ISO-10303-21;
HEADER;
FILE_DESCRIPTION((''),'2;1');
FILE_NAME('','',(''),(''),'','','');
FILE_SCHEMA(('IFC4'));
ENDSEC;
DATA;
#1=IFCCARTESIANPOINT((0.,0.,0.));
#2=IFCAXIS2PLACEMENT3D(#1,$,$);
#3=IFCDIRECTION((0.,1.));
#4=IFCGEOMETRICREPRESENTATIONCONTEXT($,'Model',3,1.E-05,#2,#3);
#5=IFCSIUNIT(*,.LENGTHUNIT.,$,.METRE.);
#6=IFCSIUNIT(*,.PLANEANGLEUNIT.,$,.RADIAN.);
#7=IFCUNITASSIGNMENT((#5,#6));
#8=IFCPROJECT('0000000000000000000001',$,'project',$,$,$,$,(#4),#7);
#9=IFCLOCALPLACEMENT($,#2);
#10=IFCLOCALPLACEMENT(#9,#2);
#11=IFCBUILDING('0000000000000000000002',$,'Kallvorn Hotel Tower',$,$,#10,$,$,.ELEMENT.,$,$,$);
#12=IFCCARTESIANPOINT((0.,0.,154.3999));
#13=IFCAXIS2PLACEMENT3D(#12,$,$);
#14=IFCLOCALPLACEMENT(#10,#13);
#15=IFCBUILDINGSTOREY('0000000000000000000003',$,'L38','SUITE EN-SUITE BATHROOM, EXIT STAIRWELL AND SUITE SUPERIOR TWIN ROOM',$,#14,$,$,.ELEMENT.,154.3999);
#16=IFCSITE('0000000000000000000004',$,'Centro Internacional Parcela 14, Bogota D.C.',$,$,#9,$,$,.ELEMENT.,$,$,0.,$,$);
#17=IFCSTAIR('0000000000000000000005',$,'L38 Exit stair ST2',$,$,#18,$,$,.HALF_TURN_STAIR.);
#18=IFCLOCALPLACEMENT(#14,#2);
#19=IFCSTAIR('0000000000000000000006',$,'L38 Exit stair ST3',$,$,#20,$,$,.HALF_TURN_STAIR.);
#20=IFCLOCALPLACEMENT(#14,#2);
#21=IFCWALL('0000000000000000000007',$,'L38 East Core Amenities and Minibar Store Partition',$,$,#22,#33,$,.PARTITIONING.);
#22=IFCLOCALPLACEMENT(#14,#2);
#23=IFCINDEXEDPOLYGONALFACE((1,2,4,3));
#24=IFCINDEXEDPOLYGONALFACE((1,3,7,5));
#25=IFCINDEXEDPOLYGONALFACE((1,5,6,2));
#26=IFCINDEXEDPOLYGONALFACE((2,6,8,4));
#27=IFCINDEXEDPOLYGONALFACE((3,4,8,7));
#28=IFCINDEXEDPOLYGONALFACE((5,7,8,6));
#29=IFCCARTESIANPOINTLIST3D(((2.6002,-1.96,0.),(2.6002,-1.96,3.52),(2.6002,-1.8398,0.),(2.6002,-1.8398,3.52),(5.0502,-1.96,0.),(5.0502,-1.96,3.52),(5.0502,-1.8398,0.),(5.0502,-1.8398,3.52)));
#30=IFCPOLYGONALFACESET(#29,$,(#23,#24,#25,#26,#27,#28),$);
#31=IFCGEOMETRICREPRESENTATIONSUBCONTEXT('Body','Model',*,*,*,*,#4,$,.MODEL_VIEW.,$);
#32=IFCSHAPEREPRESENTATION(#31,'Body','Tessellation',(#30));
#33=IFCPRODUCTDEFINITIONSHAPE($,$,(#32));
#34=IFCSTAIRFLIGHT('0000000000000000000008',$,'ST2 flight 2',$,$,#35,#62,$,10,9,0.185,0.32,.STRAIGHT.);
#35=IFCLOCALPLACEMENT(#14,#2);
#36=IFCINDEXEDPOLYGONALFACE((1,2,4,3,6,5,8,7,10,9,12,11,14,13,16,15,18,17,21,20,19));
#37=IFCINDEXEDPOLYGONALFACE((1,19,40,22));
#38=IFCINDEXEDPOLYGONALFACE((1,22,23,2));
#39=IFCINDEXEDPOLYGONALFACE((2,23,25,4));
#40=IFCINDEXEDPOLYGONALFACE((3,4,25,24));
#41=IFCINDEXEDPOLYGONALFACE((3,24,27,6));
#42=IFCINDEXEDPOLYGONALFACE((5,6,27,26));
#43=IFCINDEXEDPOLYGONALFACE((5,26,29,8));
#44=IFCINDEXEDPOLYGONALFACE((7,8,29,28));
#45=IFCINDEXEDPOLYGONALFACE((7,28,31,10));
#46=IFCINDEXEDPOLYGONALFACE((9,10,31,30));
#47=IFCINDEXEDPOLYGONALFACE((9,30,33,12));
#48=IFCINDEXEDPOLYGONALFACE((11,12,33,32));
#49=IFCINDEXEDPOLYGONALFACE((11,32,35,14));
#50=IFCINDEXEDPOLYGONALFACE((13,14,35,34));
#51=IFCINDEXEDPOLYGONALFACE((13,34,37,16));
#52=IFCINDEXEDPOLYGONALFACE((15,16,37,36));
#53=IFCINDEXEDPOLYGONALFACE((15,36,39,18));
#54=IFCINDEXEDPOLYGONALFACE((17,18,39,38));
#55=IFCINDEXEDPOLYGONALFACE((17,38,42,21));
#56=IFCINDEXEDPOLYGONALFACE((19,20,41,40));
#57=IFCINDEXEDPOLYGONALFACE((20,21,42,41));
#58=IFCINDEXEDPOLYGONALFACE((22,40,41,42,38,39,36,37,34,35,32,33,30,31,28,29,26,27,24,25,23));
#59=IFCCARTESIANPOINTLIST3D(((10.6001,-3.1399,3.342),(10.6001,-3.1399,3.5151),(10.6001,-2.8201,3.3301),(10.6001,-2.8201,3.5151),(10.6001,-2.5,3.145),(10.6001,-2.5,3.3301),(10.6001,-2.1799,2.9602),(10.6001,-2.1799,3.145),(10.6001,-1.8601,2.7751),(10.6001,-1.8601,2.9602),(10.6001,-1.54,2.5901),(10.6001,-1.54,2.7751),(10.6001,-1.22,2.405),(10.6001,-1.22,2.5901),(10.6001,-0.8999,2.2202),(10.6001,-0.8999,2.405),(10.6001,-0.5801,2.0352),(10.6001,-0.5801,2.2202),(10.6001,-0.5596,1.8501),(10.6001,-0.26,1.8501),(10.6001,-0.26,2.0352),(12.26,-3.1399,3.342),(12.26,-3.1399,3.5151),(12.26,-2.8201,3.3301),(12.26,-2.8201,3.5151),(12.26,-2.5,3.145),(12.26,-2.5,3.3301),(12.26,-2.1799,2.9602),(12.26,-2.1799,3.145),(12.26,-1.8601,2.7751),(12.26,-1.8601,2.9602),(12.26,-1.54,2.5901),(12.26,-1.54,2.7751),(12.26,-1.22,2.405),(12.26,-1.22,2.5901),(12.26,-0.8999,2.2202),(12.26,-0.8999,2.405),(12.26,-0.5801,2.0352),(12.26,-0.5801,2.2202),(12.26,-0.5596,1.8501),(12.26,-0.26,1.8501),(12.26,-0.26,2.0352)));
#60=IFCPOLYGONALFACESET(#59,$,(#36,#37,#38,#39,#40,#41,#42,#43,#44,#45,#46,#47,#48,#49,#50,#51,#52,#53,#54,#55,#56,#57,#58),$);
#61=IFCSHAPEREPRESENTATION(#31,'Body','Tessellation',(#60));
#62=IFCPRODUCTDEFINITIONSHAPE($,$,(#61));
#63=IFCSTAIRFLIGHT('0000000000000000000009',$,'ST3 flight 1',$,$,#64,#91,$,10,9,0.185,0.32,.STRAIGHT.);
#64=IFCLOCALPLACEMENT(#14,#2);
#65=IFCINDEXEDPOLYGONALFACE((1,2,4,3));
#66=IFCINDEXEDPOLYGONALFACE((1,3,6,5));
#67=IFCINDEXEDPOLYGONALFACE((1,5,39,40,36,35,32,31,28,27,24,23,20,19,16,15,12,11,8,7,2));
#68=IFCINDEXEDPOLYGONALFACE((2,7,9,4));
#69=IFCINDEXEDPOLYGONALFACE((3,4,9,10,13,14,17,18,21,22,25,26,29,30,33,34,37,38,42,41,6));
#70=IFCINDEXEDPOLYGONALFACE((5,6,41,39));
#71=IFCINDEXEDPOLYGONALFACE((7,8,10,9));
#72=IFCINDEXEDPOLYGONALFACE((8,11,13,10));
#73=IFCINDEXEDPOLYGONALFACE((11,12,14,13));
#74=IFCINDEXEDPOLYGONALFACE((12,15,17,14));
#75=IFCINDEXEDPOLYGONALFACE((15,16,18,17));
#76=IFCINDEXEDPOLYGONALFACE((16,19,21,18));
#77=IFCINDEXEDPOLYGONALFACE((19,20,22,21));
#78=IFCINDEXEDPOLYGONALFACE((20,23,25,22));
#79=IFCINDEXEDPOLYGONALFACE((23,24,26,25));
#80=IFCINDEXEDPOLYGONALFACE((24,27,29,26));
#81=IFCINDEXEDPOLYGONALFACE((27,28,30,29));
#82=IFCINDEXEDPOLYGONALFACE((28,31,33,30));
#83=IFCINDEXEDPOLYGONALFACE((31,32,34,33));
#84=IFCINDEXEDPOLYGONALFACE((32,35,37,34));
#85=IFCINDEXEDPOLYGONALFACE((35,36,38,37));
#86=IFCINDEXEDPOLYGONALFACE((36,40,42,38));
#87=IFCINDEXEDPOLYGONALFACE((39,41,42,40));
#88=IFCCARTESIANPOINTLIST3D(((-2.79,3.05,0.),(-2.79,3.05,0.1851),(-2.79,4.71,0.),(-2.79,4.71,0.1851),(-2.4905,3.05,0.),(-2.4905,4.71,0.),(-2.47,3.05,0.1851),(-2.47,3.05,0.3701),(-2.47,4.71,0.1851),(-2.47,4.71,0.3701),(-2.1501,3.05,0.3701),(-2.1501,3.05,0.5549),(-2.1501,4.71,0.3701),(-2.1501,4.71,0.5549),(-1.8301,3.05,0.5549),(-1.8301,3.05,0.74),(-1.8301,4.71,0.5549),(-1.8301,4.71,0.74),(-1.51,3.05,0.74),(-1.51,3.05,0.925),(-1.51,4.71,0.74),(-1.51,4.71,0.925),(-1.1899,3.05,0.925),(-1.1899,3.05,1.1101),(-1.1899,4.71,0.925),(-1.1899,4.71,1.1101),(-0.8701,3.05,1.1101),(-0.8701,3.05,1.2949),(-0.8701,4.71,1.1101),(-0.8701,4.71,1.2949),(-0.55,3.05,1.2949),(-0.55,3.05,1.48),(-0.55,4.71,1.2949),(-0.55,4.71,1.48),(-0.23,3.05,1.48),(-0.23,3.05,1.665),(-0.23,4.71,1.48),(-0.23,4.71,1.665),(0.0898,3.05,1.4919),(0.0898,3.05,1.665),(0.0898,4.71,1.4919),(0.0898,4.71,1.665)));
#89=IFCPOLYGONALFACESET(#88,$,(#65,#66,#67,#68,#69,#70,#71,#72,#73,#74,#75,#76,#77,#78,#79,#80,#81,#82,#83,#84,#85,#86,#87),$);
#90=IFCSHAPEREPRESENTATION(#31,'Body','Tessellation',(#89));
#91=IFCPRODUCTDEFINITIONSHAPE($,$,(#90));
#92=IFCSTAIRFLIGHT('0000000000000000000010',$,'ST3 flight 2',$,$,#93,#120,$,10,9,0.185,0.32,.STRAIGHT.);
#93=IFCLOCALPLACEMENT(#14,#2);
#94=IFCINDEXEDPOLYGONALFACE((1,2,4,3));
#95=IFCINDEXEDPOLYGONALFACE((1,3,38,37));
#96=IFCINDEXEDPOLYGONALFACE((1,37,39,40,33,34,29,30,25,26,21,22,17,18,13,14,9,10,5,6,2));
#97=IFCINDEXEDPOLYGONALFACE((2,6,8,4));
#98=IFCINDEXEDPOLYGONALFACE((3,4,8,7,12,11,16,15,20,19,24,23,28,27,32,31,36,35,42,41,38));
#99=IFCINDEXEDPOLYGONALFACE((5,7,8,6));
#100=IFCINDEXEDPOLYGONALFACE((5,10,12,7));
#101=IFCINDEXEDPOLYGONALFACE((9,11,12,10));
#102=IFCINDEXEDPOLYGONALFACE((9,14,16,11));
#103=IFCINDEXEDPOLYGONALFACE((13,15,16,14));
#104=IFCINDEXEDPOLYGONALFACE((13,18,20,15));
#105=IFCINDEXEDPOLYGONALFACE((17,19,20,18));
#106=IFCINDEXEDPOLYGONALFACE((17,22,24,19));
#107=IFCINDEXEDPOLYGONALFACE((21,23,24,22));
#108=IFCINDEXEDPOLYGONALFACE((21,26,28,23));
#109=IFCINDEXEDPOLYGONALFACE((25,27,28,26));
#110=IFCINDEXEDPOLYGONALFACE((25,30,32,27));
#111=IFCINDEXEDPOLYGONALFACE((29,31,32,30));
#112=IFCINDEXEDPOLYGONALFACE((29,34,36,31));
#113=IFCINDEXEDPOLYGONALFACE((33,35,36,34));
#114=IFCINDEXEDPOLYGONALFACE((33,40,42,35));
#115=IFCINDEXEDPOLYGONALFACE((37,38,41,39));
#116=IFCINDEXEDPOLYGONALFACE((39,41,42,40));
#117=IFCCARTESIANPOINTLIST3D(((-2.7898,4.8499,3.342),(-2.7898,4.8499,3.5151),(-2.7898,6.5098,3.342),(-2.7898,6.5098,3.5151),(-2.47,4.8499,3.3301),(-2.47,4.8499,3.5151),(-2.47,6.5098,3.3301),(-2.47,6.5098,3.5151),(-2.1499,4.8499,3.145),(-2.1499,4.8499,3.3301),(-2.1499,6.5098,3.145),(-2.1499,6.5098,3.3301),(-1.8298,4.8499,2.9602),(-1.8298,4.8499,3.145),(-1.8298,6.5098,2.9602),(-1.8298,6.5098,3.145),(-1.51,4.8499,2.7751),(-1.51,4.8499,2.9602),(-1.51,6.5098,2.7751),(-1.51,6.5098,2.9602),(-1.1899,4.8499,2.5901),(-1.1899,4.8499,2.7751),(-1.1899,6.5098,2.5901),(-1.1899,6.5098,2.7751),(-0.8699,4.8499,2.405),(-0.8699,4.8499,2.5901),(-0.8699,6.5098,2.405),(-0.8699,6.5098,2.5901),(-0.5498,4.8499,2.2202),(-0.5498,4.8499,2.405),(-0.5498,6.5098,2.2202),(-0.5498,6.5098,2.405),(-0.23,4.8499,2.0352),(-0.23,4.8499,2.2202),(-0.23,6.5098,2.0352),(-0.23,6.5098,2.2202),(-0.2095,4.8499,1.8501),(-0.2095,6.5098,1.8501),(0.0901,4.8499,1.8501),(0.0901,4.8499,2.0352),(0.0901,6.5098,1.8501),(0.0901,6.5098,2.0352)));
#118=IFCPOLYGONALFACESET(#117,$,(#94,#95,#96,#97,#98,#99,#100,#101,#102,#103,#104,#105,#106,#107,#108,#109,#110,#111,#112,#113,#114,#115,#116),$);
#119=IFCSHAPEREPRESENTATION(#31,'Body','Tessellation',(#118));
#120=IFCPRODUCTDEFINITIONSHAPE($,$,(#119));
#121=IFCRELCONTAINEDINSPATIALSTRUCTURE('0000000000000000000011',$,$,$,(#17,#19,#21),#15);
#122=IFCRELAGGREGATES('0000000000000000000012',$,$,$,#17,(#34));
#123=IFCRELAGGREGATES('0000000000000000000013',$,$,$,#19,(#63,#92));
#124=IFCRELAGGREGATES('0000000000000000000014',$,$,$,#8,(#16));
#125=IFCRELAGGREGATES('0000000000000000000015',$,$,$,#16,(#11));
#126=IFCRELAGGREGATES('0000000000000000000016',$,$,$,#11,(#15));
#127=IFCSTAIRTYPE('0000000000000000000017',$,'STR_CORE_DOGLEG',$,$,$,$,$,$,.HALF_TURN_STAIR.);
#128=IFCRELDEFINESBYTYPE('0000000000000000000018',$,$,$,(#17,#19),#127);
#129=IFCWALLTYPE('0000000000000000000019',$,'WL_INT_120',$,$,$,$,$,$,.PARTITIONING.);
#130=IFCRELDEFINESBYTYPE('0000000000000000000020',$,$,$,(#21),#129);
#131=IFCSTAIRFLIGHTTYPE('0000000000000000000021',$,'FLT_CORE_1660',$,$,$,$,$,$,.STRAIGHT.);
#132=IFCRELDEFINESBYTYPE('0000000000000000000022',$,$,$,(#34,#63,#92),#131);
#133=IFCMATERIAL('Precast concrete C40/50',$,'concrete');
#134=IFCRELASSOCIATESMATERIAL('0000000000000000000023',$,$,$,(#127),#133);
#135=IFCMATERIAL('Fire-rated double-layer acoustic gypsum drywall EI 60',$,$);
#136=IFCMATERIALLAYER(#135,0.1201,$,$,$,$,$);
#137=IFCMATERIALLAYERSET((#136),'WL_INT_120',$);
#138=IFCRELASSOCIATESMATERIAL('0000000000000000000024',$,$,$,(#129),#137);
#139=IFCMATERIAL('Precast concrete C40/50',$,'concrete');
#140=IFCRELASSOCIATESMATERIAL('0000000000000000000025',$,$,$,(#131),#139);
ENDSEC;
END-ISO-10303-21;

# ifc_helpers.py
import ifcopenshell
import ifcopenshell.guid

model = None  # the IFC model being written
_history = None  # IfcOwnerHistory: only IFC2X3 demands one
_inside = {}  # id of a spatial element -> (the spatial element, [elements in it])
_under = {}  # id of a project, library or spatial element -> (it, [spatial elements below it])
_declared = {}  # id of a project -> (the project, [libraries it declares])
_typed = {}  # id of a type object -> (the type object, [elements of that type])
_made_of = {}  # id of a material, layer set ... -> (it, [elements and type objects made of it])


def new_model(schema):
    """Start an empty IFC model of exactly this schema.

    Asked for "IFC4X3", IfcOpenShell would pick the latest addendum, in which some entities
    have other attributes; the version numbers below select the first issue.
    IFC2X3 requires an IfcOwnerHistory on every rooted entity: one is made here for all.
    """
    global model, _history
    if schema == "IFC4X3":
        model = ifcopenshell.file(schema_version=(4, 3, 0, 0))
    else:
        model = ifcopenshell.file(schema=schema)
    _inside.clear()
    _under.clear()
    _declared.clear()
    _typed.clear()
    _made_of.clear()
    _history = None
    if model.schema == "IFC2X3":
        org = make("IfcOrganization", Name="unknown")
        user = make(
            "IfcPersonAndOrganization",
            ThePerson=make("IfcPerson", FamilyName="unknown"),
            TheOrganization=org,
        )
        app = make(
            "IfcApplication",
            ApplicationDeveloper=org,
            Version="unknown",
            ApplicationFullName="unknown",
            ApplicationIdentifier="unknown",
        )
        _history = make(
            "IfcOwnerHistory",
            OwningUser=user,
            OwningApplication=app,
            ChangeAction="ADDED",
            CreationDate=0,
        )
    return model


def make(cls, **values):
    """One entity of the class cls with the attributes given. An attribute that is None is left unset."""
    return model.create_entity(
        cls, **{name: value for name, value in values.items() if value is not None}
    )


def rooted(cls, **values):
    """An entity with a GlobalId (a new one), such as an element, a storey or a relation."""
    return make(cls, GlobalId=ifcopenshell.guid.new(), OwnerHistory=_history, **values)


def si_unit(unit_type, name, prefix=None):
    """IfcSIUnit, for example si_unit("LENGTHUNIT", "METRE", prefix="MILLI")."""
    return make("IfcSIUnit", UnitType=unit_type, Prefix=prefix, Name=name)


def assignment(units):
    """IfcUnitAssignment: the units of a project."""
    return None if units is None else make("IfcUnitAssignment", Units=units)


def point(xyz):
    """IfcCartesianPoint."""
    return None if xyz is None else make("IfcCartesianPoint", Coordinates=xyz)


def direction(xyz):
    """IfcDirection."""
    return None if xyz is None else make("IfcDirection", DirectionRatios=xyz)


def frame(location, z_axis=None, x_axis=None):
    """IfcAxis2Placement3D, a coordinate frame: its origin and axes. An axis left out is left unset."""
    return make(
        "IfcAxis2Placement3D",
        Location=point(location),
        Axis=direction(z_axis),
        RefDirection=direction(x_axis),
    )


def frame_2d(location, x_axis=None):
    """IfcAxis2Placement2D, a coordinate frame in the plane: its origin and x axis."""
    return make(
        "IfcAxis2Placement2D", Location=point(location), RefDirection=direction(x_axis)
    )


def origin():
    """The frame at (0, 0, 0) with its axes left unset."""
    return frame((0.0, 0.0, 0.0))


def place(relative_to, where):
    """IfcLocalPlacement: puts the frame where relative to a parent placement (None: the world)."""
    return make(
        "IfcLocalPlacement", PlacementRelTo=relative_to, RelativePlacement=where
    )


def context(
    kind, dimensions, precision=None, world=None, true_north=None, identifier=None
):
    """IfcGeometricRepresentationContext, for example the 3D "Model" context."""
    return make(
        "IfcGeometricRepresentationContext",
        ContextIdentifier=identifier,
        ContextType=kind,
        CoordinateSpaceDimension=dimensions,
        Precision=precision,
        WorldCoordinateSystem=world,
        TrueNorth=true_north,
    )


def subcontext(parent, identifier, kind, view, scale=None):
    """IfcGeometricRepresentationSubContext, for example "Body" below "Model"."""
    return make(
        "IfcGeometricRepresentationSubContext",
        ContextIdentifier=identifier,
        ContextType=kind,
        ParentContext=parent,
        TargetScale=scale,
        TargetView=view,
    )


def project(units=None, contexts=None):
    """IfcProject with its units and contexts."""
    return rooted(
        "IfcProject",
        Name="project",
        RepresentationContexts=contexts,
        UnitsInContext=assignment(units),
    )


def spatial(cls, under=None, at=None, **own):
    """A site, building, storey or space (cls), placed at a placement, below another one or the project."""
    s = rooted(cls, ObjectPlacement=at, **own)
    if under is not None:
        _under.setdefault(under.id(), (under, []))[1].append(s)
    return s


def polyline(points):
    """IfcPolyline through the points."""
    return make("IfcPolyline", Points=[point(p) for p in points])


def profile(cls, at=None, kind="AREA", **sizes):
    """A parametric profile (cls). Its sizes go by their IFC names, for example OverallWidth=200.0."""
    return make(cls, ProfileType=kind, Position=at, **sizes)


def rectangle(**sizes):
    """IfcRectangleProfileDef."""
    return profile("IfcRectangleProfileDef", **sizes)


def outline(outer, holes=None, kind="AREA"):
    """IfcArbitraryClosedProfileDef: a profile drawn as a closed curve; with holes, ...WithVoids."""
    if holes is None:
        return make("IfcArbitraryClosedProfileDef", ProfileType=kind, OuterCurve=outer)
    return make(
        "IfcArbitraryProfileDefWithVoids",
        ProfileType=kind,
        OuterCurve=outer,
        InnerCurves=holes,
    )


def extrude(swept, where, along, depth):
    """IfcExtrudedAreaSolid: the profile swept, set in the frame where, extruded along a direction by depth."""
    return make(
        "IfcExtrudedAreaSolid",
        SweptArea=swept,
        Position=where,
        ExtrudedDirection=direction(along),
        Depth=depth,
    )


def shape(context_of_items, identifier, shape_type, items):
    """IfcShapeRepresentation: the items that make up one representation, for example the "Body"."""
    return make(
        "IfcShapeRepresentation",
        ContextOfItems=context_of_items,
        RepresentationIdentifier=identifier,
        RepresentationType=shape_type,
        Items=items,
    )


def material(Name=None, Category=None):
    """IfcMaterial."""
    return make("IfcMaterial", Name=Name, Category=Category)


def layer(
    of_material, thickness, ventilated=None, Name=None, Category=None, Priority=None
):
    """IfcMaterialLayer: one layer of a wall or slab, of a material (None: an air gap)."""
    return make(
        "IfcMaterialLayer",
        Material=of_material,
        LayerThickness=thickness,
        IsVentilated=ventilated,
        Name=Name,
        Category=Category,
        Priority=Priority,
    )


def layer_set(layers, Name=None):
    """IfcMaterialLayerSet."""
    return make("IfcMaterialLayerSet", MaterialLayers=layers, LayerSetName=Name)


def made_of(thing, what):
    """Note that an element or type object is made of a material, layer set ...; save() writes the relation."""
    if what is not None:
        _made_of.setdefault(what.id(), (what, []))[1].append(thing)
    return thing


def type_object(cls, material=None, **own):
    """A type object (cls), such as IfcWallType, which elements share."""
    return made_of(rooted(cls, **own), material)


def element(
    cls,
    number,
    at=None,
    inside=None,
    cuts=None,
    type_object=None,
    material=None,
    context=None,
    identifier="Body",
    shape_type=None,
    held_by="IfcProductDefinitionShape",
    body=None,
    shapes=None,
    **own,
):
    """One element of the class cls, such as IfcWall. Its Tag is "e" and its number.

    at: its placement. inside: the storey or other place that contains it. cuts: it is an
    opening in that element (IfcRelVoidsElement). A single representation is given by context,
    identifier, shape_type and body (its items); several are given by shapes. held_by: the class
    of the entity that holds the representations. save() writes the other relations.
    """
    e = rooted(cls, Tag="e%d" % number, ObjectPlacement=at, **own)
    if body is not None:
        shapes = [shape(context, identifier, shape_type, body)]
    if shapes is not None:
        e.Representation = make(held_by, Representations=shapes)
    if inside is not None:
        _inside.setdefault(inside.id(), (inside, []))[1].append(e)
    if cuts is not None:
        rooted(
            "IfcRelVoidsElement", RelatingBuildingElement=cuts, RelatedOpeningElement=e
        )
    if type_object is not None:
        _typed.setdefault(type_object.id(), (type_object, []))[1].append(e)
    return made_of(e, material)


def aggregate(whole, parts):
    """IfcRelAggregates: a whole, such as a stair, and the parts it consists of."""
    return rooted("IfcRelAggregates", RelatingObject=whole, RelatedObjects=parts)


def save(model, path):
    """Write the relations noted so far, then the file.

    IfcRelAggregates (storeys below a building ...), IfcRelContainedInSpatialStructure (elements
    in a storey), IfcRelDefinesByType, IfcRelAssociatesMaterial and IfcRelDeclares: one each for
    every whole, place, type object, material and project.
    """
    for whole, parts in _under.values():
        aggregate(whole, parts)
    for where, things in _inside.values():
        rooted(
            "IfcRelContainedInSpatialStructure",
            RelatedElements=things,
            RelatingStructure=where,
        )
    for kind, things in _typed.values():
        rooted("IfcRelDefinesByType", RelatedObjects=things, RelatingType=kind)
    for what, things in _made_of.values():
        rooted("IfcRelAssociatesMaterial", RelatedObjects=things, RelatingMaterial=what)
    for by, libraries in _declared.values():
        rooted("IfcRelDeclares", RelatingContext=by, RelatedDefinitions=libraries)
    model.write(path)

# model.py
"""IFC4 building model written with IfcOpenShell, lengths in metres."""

from ifc_helpers import new_model, si_unit, direction, frame, frame_2d, origin, place, context, subcontext, project, spatial, polyline, rectangle, outline, extrude, material, layer, layer_set, type_object, element, aggregate, save


model = new_model("IFC4")

# Units and contexts
model_context = context("Model", 3, precision=1e-05, world=origin(), true_north=direction((0.0, 1.0)))
body_context = subcontext(model_context, "Body", "Model", "MODEL_VIEW")
ifc_project = project(units=[si_unit("LENGTHUNIT", "METRE"), si_unit("PLANEANGLEUNIT", "RADIAN")], contexts=[model_context])

# Site, building, storey
site_placement = place(None, origin())
site = spatial("IfcSite", under=ifc_project, at=site_placement, Name="Centro Internacional Parcela 14, Bogota D.C.", CompositionType="ELEMENT", RefElevation=0.0)
building_placement = place(site_placement, origin())
building = spatial("IfcBuilding", under=site, at=building_placement, Name="Kallvorn Hotel Tower", CompositionType="ELEMENT")
storey_placement = place(building_placement, frame((0.0, 0.0, 154.3999)))
storey = spatial("IfcBuildingStorey", under=building, at=storey_placement, Name="L38", Description="SUITE EN-SUITE BATHROOM, EXIT STAIRWELL AND SUITE SUPERIOR TWIN ROOM", CompositionType="ELEMENT", Elevation=154.3999)

# Stairs
ifc_material_1 = material(Name="Precast concrete C40/50", Category="concrete")
stair_type = type_object("IfcStairType", Name="STR_CORE_DOGLEG", PredefinedType="HALF_TURN_STAIR", material=ifc_material_1)
stair_1_placement = place(storey_placement, origin())
stair_1 = element("IfcStair", 1, at=stair_1_placement, inside=storey, type_object=stair_type, Name="L38 Exit stair ST2", PredefinedType="HALF_TURN_STAIR")
stair_2_placement = place(storey_placement, origin())
stair_2 = element("IfcStair", 2, at=stair_2_placement, inside=storey, type_object=stair_type, Name="L38 Exit stair ST3", PredefinedType="HALF_TURN_STAIR")

# Wall
ifc_material_2 = material(Name="Fire-rated double-layer acoustic gypsum drywall EI 60")
ifc_layer_1 = layer(ifc_material_2, 0.1201)
ifc_layer_set_1 = layer_set([ifc_layer_1], Name="WL_INT_120")
wall_type_1 = type_object("IfcWallType", Name="WL_INT_120", PredefinedType="PARTITIONING", material=ifc_layer_set_1)
wall_1_placement = place(storey_placement, frame((2.6001, -1.8999, 0.0), z_axis=(0.0, 0.0, 1.0), x_axis=(1.0, 0.0, 0.0)))
element("IfcWall", 3, at=wall_1_placement, inside=storey, type_object=wall_type_1, Name="L38 East Core Amenities and Minibar Store Partition", PredefinedType="PARTITIONING", context=body_context, shape_type="SweptSolid", body=[
    extrude(rectangle(XDim=2.45, YDim=0.1201, at=frame_2d((1.2251, 0.0))), origin(), (0.0, 0.0, 1.0), 3.52),
])

# Stair flights
ifc_material_3 = material(Name="Precast concrete C40/50", Category="concrete")
stair_flight_type = type_object("IfcStairFlightType", Name="FLT_CORE_1660", PredefinedType="STRAIGHT", material=ifc_material_3)
stair_flight_1_placement = place(storey_placement, frame((11.4299, -0.26, 1.8501), z_axis=(0.0, 0.0, 1.0), x_axis=(0.0, -1.0, 0.0)))
stair_flight_1 = element("IfcStairFlight", 4, at=stair_flight_1_placement, type_object=stair_flight_type, Name="ST2 flight 2", NumberOfRisers=10, NumberOfTreads=9, PredefinedType="STRAIGHT", RiserHeight=0.185, TreadLength=0.32, context=body_context, shape_type="SweptSolid", body=[
    extrude(outline(polyline([(0.0, 0.0), (0.0, 0.1851), (0.3201, 0.1851), (0.3201, 0.3701), (0.6399, 0.3701), (0.6399, 0.5549), (0.96, 0.5549), (0.96, 0.74), (1.28, 0.74), (1.28, 0.925), (1.6001, 0.925), (1.6001, 1.1101), (1.9199, 1.1101), (1.9199, 1.2949), (2.24, 1.2949), (2.24, 1.48), (2.5601, 1.48), (2.5601, 1.665), (2.8799, 1.665), (2.8799, 1.8501), (2.8799, 1.4919), (0.2996, 0.0), (0.0, 0.0)])), frame((0.0, 0.8301, 0.0), z_axis=(0.0, -1.0, 0.0), x_axis=(1.0, 0.0, 0.0)), (0.0, 0.0, 1.0), 1.6599),
])
aggregate(stair_1, [stair_flight_1])
stair_flight_2_placement = place(storey_placement, frame((-2.79, 3.8799, 0.0), z_axis=(0.0, 0.0, 1.0), x_axis=(1.0, 0.0, 0.0)))
stair_flight_2 = element("IfcStairFlight", 5, at=stair_flight_2_placement, type_object=stair_flight_type, Name="ST3 flight 1", NumberOfRisers=10, NumberOfTreads=9, PredefinedType="STRAIGHT", RiserHeight=0.185, TreadLength=0.32, context=body_context, shape_type="SweptSolid", body=[
    extrude(outline(polyline([(0.0, 0.0), (0.0, 0.1851), (0.3201, 0.1851), (0.3201, 0.3701), (0.6399, 0.3701), (0.6399, 0.5549), (0.96, 0.5549), (0.96, 0.74), (1.28, 0.74), (1.28, 0.925), (1.6001, 0.925), (1.6001, 1.1101), (1.9199, 1.1101), (1.9199, 1.2949), (2.24, 1.2949), (2.24, 1.48), (2.5601, 1.48), (2.5601, 1.665), (2.8799, 1.665), (2.8799, 1.8501), (2.8799, 1.4919), (0.2996, 0.0), (0.0, 0.0)])), frame((0.0, 0.8301, 0.0), z_axis=(0.0, -1.0, 0.0), x_axis=(1.0, 0.0, 0.0)), (0.0, 0.0, 1.0), 1.6599),
])
stair_flight_3_placement = place(storey_placement, frame((0.0901, 5.6799, 1.8501), z_axis=(0.0, 0.0, 1.0), x_axis=(-1.0, 0.0, 0.0)))
stair_flight_3 = element("IfcStairFlight", 6, at=stair_flight_3_placement, type_object=stair_flight_type, Name="ST3 flight 2", NumberOfRisers=10, NumberOfTreads=9, PredefinedType="STRAIGHT", RiserHeight=0.185, TreadLength=0.32, context=body_context, shape_type="SweptSolid", body=[
    extrude(outline(polyline([(0.0, 0.0), (0.0, 0.1851), (0.3201, 0.1851), (0.3201, 0.3701), (0.6399, 0.3701), (0.6399, 0.5549), (0.96, 0.5549), (0.96, 0.74), (1.28, 0.74), (1.28, 0.925), (1.6001, 0.925), (1.6001, 1.1101), (1.9199, 1.1101), (1.9199, 1.2949), (2.24, 1.2949), (2.24, 1.48), (2.5601, 1.48), (2.5601, 1.665), (2.8799, 1.665), (2.8799, 1.8501), (2.8799, 1.4919), (0.2996, 0.0), (0.0, 0.0)])), frame((0.0, 0.8301, 0.0), z_axis=(0.0, -1.0, 0.0), x_axis=(1.0, 0.0, 0.0)), (0.0, 0.0, 1.0), 1.6599),
])
aggregate(stair_2, [stair_flight_2, stair_flight_3])

save(model, "model.ifc")
